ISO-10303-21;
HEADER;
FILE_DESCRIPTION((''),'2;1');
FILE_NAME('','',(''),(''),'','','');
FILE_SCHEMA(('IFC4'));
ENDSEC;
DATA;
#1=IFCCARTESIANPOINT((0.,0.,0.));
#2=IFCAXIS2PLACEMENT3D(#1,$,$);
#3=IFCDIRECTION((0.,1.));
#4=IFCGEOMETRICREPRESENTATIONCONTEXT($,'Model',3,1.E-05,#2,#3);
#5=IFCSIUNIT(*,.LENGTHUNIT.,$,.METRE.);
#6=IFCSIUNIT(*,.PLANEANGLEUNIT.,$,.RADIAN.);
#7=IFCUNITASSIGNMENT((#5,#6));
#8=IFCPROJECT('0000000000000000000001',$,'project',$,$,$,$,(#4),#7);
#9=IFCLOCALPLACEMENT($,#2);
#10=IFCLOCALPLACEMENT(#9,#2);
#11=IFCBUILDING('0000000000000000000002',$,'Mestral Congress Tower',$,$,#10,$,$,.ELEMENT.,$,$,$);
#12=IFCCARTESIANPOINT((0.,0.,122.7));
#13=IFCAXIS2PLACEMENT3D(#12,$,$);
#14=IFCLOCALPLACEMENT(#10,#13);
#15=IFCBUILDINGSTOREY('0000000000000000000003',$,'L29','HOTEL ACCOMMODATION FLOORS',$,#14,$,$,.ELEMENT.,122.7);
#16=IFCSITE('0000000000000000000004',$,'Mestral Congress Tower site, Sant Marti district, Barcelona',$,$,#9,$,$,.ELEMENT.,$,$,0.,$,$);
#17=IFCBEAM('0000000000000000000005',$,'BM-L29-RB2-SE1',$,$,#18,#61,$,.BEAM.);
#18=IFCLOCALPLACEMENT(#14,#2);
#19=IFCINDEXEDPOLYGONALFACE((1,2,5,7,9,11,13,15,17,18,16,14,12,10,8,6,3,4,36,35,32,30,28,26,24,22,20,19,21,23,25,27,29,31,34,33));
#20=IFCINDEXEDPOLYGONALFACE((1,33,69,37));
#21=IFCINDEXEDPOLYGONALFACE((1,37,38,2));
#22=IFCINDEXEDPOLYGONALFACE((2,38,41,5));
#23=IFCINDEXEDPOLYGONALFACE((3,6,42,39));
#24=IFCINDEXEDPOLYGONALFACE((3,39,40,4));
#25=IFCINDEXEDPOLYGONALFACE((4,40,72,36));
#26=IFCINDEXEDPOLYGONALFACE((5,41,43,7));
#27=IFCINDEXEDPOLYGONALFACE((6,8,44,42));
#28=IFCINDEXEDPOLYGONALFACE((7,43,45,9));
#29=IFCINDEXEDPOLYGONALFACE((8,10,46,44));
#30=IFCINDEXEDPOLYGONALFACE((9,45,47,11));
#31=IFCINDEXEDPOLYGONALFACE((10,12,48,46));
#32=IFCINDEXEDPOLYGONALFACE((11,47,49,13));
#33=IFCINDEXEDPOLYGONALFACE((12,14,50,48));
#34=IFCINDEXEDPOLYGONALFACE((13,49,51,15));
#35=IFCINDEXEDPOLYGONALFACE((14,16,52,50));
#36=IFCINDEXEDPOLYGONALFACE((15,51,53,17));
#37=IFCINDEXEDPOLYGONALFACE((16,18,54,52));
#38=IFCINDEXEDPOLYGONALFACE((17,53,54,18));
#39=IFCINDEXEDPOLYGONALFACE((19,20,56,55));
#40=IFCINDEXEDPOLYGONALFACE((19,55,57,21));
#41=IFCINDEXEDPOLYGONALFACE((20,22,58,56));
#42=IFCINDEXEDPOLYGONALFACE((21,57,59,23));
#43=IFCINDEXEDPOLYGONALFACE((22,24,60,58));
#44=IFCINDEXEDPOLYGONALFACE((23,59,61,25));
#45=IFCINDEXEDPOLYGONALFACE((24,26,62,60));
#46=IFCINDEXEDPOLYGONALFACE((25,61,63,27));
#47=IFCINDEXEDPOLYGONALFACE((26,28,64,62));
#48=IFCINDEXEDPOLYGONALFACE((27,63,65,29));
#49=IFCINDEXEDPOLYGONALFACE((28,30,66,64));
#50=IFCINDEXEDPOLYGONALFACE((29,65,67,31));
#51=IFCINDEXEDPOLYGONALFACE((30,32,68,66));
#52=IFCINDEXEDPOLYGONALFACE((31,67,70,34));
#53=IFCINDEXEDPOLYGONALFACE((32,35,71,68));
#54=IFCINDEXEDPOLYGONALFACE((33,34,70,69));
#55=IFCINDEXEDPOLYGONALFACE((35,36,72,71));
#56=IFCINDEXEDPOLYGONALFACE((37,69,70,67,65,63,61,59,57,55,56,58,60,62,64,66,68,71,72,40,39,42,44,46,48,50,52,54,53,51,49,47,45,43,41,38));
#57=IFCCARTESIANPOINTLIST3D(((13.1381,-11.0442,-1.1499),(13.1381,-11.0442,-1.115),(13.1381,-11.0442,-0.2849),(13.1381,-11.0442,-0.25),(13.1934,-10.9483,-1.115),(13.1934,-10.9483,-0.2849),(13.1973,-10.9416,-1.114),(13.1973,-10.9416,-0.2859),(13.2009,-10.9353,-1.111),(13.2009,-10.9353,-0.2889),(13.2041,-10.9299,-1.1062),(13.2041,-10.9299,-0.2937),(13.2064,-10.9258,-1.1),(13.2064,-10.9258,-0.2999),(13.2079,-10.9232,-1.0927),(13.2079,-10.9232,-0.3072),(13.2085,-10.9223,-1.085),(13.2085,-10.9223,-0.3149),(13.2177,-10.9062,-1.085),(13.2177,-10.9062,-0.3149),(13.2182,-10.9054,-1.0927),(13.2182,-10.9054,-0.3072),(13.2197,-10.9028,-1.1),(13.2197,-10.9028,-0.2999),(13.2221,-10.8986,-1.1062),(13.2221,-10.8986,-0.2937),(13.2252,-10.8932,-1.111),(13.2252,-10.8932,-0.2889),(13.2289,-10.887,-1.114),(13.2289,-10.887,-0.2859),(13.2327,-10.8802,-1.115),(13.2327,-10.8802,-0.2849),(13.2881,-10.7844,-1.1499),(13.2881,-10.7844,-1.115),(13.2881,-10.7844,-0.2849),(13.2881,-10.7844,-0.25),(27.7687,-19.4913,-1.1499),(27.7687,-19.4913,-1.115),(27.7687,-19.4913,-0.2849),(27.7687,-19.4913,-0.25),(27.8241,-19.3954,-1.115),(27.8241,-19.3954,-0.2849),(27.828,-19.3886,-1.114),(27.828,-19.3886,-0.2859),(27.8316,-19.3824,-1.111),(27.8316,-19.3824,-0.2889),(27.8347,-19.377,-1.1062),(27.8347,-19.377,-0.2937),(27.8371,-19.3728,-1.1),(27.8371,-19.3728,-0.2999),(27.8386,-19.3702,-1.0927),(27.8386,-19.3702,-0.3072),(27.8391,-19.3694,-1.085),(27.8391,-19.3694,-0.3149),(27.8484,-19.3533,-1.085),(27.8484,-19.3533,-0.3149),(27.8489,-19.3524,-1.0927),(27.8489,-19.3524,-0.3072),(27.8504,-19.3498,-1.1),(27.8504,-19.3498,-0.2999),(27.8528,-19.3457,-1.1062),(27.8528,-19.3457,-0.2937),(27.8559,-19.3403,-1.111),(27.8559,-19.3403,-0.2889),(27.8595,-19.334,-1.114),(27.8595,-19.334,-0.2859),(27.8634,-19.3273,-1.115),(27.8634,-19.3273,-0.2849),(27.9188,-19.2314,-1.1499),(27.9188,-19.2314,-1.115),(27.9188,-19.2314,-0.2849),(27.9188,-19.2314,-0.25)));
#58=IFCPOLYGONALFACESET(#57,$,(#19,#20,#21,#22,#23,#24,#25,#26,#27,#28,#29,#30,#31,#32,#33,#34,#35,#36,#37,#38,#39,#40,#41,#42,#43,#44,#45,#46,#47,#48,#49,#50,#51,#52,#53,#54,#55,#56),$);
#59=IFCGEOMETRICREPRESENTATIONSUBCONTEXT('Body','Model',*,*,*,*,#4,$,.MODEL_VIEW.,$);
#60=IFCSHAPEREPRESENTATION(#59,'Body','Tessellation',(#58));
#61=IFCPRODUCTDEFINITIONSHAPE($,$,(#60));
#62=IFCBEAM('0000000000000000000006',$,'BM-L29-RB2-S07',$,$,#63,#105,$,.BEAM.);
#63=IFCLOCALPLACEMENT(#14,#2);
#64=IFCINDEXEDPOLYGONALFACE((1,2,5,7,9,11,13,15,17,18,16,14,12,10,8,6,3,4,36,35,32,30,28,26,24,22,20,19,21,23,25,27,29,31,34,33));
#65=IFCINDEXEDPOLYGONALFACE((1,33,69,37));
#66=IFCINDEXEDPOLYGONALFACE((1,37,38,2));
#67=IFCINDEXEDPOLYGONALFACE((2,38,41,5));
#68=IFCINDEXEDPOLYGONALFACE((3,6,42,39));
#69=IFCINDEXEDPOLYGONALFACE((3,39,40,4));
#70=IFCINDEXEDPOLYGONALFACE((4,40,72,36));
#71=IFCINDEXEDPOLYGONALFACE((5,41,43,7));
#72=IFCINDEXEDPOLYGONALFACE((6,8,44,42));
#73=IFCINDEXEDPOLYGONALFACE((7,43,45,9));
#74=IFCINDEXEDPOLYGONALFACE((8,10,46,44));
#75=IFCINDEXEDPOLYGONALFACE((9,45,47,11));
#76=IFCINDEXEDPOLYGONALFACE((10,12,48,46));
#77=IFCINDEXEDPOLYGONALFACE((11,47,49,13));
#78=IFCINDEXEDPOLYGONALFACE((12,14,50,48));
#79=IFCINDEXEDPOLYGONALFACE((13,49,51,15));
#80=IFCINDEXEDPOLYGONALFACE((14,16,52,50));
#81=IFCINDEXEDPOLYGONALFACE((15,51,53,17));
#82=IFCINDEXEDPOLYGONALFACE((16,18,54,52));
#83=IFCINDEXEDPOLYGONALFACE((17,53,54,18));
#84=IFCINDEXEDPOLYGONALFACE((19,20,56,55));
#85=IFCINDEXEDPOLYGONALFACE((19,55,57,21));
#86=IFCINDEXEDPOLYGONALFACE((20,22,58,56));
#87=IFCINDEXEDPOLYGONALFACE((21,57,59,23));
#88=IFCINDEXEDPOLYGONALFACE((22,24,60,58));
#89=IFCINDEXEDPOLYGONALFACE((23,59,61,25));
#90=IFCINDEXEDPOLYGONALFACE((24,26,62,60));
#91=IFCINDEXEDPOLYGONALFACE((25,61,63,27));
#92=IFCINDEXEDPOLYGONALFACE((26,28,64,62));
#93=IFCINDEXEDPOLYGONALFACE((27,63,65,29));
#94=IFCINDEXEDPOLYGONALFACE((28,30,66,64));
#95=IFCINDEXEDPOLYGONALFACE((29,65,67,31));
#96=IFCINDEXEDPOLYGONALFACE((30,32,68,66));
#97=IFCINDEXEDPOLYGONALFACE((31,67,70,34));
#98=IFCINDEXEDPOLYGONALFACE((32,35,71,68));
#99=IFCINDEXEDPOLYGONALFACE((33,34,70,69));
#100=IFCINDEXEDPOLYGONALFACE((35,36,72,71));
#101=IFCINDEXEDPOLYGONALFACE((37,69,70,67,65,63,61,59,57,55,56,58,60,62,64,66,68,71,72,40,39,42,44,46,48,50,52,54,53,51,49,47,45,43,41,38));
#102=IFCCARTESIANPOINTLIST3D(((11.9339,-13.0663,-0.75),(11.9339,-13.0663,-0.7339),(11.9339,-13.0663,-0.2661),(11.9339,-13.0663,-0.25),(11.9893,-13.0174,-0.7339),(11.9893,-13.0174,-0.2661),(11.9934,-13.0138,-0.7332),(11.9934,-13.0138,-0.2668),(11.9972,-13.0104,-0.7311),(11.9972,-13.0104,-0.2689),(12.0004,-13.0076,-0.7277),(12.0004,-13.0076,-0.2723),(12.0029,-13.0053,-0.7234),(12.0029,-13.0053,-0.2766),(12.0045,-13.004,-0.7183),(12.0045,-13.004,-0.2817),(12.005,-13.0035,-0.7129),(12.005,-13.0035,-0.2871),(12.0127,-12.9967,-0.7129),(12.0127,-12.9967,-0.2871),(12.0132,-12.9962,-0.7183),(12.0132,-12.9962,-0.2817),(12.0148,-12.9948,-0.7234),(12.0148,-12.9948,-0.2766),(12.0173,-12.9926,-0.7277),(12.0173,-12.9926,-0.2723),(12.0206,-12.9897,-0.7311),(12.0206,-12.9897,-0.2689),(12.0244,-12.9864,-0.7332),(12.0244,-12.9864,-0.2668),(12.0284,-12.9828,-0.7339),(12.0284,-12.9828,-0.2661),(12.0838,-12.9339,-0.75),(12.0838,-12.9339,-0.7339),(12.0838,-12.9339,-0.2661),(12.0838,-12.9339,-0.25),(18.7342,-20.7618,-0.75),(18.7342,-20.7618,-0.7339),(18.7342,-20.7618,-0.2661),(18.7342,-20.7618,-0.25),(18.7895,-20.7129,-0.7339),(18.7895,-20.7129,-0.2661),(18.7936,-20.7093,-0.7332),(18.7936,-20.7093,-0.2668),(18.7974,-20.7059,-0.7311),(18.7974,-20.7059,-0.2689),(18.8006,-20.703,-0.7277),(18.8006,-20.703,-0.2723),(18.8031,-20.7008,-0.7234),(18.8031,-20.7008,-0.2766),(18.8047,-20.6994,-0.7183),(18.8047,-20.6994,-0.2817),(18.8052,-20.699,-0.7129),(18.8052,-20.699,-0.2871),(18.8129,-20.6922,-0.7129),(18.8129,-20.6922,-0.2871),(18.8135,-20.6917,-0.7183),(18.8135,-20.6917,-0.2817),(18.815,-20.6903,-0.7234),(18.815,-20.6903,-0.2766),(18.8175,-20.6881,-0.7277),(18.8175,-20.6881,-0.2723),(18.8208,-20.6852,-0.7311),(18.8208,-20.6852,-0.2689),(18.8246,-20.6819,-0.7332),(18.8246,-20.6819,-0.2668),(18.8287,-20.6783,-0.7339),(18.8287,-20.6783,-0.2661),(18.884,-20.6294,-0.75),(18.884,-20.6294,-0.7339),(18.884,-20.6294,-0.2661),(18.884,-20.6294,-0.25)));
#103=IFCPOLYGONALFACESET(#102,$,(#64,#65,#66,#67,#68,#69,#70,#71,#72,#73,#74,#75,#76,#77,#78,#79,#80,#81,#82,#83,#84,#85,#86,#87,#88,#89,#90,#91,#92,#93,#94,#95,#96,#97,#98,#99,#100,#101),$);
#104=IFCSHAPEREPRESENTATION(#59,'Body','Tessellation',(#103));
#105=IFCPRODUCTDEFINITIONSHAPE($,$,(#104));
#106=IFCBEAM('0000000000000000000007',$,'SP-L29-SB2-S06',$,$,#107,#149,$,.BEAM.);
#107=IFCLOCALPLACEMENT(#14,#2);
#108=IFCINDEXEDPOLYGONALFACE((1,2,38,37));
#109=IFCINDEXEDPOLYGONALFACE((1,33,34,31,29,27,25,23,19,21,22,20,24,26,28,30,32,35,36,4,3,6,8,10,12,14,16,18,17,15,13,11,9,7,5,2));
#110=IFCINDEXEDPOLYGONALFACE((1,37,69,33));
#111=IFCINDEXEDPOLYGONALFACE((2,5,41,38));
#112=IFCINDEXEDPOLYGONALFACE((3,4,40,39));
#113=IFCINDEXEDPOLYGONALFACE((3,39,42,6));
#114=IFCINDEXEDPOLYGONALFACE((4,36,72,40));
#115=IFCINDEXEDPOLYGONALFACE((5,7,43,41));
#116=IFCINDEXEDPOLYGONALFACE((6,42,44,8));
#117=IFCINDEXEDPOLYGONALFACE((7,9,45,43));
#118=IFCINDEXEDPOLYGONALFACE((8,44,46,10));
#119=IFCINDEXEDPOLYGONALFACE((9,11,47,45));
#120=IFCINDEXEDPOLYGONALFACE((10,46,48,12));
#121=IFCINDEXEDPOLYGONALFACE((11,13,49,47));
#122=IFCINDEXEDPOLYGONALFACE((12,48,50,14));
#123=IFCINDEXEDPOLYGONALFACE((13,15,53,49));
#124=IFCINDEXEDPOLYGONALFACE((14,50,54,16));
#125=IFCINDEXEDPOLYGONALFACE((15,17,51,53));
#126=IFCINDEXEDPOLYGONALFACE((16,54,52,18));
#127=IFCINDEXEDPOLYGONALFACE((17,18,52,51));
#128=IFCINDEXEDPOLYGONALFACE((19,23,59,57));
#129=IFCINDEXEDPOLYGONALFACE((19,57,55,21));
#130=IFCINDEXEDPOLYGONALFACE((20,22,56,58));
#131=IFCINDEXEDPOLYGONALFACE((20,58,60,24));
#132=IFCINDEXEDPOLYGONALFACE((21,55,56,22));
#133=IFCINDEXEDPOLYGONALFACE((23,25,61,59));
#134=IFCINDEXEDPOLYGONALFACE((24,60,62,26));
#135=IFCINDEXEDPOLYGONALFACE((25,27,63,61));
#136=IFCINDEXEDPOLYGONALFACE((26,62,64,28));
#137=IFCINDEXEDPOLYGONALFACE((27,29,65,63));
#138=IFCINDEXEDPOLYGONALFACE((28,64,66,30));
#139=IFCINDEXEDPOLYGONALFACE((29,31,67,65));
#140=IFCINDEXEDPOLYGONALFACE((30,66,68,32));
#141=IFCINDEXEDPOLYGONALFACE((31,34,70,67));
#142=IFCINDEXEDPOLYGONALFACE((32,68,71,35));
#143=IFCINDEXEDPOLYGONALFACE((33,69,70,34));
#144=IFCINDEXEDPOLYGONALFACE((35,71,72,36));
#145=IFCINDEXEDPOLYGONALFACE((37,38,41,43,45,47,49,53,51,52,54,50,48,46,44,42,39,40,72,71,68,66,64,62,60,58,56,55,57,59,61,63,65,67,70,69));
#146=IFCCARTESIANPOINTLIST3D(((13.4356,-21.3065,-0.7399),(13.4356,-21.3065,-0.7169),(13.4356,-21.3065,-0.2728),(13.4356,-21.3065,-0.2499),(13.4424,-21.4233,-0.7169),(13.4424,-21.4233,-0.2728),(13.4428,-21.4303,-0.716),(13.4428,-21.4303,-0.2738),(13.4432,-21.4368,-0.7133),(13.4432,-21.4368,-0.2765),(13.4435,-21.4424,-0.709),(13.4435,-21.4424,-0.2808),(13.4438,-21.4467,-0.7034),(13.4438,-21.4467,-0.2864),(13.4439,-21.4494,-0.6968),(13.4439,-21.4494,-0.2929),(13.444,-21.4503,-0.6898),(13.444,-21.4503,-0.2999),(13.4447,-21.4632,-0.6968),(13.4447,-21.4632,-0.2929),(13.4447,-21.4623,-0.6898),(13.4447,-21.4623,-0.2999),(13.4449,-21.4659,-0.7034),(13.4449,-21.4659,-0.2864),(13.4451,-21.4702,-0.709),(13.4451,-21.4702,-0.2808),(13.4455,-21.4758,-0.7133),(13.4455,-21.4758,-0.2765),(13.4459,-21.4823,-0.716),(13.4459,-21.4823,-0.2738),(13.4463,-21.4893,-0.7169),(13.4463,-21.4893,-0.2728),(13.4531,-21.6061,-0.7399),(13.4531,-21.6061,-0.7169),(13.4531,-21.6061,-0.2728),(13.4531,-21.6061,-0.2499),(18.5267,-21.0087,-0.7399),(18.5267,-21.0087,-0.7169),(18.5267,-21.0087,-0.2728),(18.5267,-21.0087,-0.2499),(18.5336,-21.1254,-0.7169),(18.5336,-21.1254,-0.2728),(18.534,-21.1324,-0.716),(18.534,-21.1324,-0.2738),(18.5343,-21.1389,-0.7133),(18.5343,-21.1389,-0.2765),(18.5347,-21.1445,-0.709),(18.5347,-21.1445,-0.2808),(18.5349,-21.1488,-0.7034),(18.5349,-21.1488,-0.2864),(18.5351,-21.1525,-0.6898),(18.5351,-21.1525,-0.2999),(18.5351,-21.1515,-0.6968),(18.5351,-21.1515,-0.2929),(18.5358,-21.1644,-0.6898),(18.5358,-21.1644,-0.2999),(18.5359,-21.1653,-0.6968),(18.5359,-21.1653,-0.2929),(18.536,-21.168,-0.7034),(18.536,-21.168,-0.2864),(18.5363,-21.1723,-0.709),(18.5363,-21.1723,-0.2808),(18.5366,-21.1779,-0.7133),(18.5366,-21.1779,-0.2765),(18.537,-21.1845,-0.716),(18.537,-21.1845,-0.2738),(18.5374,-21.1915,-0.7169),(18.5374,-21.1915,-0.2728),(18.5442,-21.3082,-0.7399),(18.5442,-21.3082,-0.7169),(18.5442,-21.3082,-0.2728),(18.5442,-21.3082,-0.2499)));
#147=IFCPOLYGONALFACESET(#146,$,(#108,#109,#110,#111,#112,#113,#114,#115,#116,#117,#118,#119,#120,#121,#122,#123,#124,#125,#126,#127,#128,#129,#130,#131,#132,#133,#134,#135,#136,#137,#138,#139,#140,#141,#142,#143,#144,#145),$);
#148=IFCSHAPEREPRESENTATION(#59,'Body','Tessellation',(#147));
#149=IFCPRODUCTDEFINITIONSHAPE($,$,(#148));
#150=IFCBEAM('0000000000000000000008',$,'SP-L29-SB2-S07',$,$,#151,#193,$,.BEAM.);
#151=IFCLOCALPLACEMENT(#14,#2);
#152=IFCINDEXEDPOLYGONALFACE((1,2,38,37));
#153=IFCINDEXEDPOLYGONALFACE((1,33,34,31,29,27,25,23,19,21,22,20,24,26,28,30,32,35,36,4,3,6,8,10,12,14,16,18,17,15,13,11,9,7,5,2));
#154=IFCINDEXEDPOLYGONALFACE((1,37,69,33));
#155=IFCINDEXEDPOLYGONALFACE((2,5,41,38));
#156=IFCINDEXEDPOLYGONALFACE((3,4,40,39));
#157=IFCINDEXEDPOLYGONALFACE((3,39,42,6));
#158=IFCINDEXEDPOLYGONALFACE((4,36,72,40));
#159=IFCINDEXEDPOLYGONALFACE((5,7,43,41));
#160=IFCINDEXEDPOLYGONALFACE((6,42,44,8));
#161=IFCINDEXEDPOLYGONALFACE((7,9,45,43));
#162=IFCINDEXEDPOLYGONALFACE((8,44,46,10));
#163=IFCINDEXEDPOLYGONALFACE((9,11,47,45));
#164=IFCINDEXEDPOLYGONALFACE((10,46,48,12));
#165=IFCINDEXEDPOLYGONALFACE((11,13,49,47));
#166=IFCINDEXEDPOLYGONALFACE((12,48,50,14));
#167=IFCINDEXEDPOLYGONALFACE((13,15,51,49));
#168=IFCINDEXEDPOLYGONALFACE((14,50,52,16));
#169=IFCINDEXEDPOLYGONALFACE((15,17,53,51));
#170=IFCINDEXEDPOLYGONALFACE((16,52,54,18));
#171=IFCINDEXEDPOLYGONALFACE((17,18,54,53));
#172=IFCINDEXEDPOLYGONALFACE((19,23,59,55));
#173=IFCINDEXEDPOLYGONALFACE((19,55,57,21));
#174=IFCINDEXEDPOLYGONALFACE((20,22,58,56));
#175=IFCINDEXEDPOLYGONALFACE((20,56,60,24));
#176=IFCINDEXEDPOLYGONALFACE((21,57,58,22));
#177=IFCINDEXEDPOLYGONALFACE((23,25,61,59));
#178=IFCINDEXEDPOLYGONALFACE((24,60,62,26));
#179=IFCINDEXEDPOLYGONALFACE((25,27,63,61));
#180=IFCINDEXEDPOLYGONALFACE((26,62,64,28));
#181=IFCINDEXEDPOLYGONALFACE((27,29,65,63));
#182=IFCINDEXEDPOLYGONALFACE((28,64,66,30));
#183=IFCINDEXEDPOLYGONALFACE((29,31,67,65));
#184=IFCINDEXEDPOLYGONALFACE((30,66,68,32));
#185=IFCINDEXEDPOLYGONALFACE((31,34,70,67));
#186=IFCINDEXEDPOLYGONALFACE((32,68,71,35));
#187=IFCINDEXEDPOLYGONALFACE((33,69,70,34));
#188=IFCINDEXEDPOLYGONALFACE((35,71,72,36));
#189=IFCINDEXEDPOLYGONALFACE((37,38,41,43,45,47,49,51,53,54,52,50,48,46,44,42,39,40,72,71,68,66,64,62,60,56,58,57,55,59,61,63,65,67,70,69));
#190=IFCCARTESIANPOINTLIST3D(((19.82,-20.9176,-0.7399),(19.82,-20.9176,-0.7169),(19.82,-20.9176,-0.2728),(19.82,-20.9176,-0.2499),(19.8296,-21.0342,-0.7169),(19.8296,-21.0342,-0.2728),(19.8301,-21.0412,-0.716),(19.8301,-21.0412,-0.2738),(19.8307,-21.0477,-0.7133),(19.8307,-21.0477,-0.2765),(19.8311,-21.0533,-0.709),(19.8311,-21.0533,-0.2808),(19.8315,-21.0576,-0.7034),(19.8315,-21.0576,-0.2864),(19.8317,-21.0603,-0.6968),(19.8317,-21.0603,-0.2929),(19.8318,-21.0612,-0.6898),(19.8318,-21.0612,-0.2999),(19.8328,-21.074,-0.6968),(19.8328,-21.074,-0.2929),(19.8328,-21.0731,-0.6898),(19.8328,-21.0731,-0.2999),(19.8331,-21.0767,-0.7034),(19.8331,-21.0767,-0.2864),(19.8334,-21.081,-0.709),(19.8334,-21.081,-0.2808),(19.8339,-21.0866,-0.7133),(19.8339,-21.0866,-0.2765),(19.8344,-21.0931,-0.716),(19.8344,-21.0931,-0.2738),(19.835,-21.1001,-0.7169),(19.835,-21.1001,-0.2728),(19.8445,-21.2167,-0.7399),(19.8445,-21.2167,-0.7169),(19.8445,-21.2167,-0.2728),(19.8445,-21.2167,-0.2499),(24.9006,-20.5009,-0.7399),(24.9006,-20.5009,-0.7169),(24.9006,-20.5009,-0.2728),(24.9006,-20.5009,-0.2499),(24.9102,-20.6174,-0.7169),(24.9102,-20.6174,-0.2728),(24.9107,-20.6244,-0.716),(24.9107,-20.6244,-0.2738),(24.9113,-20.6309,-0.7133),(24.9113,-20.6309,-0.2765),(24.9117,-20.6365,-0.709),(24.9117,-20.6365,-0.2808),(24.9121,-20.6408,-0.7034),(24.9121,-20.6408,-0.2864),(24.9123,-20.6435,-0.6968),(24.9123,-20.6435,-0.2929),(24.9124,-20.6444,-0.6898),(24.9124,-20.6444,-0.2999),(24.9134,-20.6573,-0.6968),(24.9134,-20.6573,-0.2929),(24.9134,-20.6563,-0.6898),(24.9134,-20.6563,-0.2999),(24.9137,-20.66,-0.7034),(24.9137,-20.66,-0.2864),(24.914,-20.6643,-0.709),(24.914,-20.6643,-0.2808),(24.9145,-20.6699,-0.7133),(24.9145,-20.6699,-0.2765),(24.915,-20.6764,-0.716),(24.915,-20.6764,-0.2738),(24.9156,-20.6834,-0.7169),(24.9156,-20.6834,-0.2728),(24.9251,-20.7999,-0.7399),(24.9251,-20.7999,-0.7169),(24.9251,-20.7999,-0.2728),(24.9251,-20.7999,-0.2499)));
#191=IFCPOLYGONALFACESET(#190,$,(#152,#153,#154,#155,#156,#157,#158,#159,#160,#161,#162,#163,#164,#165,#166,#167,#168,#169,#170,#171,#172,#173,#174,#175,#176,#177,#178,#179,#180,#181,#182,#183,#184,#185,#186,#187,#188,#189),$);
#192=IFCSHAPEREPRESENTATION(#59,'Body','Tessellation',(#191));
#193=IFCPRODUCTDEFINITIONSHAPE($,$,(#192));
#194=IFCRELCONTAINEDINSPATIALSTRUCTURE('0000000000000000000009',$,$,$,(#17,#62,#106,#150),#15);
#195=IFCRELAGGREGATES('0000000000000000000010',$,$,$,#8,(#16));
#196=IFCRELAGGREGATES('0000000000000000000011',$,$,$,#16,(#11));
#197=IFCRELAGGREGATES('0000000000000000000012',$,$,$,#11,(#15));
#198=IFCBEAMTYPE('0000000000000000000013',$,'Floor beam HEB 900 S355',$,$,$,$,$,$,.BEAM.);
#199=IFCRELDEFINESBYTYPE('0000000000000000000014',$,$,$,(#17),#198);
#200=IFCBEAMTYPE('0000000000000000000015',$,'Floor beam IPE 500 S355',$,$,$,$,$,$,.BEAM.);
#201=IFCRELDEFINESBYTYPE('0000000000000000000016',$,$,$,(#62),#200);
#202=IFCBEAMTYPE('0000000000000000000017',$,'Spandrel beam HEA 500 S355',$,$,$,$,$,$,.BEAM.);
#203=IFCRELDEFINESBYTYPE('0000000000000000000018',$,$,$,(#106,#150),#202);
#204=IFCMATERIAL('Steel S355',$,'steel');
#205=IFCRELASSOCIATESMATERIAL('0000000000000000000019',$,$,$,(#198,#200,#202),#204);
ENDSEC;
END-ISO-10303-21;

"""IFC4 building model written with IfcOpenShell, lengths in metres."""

from ifc_helpers import new_model, si_unit, direction, frame, origin, origin_2d, place, context, subcontext, project, spatial, i_section, extrude, material, material_profile, profile_set, type_object, element, save


model = new_model("IFC4")

# Units and contexts
model_context = context("Model", 3, precision=1e-05, world=origin(), true_north=direction((0.0, 1.0)))
body_context = subcontext(model_context, "Body", "Model", "MODEL_VIEW")
ifc_project = project(units=[si_unit("LENGTHUNIT", "METRE"), si_unit("PLANEANGLEUNIT", "RADIAN")], contexts=[model_context])

# Site, building, storey
site_placement = place(None, origin())
site = spatial("IfcSite", under=ifc_project, at=site_placement, Name="Mestral Congress Tower site, Sant Marti district, Barcelona", CompositionType="ELEMENT", RefElevation=0.0)
building_placement = place(site_placement, origin())
building = spatial("IfcBuilding", under=site, at=building_placement, Name="Mestral Congress Tower", CompositionType="ELEMENT")
storey_placement = place(building_placement, frame((0.0, 0.0, 122.7)))
storey = spatial("IfcBuildingStorey", under=building, at=storey_placement, Name="L29", Description="HOTEL ACCOMMODATION FLOORS", CompositionType="ELEMENT", Elevation=122.7)

# Beams
ifc_material_1 = material(Name="Steel S355", Category="steel")
ifc_material_profile_1 = material_profile(ifc_material_1, i_section(OverallWidth=0.3, OverallDepth=0.8999, WebThickness=0.0186, FlangeThickness=0.0349, FilletRadius=0.03, at=origin_2d()), Name="HEB 900")
ifc_profile_set_1 = profile_set([ifc_material_profile_1], Name="Steel S355")
beam_type_1 = type_object("IfcBeamType", Name="Floor beam HEB 900 S355", PredefinedType="BEAM", material=ifc_profile_set_1)
beam_1_placement = place(storey_placement, frame((27.8438, -19.3613, -0.7), z_axis=(-0.866025, 0.500001, 0.0), x_axis=(-0.500001, -0.866025, 0.0)))
element("IfcBeam", 1, at=beam_1_placement, inside=storey, type_object=beam_type_1, Name="BM-L29-RB2-SE1", PredefinedType="BEAM", context=body_context, shape_type="SweptSolid", body=[
    extrude(i_section(OverallWidth=0.3, OverallDepth=0.8999, WebThickness=0.0186, FlangeThickness=0.0349, FilletRadius=0.03, at=origin_2d()), origin(), (0.0, 0.0, 1.0), 16.894),
])
ifc_material_profile_2 = material_profile(ifc_material_1, i_section(OverallWidth=0.2, OverallDepth=0.5, WebThickness=0.0103, FlangeThickness=0.0161, FilletRadius=0.021, at=origin_2d()), Name="IPE 500")
ifc_profile_set_2 = profile_set([ifc_material_profile_2], Name="Steel S355")
beam_type_2 = type_object("IfcBeamType", Name="Floor beam IPE 500 S355", PredefinedType="BEAM", material=ifc_profile_set_2)
beam_2_placement = place(storey_placement, frame((18.8091, -20.6956, -0.5), z_axis=(-0.662174, 0.74935, 0.0), x_axis=(-0.74935, -0.662174, 0.0)))
element("IfcBeam", 2, at=beam_2_placement, inside=storey, type_object=beam_type_2, Name="BM-L29-RB2-S07", PredefinedType="BEAM", context=body_context, shape_type="SweptSolid", body=[
    extrude(i_section(OverallWidth=0.2, OverallDepth=0.5, WebThickness=0.0103, FlangeThickness=0.0161, FilletRadius=0.021, at=origin_2d()), origin(), (0.0, 0.0, 1.0), 10.2695),
])
ifc_material_profile_3 = material_profile(ifc_material_1, i_section(OverallWidth=0.3, OverallDepth=0.49, WebThickness=0.012, FlangeThickness=0.0229, FilletRadius=0.0271, at=origin_2d()), Name="HEA 500")
ifc_profile_set_3 = profile_set([ifc_material_profile_3], Name="Steel S355")
beam_type_3 = type_object("IfcBeamType", Name="Spandrel beam HEA 500 S355", PredefinedType="BEAM", material=ifc_profile_set_3)
beam_3_placement = place(storey_placement, frame((13.4443, -21.4563, -0.4949), z_axis=(0.998293, 0.058405, 0.0), x_axis=(-0.058405, 0.998293, 0.0)))
element("IfcBeam", 3, at=beam_3_placement, inside=storey, type_object=beam_type_3, Name="SP-L29-SB2-S06", PredefinedType="BEAM", context=body_context, shape_type="SweptSolid", body=[
    extrude(i_section(OverallWidth=0.3, OverallDepth=0.49, WebThickness=0.012, FlangeThickness=0.0229, FilletRadius=0.0271, at=origin_2d()), origin(), (0.0, 0.0, 1.0), 5.0999),
])
beam_4_placement = place(storey_placement, frame((19.8323, -21.0671, -0.4949), z_axis=(0.996653, 0.081753, 0.0), x_axis=(-0.081753, 0.996653, 0.0)))
element("IfcBeam", 4, at=beam_4_placement, inside=storey, type_object=beam_type_3, Name="SP-L29-SB2-S07", PredefinedType="BEAM", context=body_context, shape_type="SweptSolid", body=[
    extrude(i_section(OverallWidth=0.3, OverallDepth=0.49, WebThickness=0.012, FlangeThickness=0.0229, FilletRadius=0.0271, at=origin_2d()), origin(), (0.0, 0.0, 1.0), 5.0977),
])

save(model, "model.ifc")
